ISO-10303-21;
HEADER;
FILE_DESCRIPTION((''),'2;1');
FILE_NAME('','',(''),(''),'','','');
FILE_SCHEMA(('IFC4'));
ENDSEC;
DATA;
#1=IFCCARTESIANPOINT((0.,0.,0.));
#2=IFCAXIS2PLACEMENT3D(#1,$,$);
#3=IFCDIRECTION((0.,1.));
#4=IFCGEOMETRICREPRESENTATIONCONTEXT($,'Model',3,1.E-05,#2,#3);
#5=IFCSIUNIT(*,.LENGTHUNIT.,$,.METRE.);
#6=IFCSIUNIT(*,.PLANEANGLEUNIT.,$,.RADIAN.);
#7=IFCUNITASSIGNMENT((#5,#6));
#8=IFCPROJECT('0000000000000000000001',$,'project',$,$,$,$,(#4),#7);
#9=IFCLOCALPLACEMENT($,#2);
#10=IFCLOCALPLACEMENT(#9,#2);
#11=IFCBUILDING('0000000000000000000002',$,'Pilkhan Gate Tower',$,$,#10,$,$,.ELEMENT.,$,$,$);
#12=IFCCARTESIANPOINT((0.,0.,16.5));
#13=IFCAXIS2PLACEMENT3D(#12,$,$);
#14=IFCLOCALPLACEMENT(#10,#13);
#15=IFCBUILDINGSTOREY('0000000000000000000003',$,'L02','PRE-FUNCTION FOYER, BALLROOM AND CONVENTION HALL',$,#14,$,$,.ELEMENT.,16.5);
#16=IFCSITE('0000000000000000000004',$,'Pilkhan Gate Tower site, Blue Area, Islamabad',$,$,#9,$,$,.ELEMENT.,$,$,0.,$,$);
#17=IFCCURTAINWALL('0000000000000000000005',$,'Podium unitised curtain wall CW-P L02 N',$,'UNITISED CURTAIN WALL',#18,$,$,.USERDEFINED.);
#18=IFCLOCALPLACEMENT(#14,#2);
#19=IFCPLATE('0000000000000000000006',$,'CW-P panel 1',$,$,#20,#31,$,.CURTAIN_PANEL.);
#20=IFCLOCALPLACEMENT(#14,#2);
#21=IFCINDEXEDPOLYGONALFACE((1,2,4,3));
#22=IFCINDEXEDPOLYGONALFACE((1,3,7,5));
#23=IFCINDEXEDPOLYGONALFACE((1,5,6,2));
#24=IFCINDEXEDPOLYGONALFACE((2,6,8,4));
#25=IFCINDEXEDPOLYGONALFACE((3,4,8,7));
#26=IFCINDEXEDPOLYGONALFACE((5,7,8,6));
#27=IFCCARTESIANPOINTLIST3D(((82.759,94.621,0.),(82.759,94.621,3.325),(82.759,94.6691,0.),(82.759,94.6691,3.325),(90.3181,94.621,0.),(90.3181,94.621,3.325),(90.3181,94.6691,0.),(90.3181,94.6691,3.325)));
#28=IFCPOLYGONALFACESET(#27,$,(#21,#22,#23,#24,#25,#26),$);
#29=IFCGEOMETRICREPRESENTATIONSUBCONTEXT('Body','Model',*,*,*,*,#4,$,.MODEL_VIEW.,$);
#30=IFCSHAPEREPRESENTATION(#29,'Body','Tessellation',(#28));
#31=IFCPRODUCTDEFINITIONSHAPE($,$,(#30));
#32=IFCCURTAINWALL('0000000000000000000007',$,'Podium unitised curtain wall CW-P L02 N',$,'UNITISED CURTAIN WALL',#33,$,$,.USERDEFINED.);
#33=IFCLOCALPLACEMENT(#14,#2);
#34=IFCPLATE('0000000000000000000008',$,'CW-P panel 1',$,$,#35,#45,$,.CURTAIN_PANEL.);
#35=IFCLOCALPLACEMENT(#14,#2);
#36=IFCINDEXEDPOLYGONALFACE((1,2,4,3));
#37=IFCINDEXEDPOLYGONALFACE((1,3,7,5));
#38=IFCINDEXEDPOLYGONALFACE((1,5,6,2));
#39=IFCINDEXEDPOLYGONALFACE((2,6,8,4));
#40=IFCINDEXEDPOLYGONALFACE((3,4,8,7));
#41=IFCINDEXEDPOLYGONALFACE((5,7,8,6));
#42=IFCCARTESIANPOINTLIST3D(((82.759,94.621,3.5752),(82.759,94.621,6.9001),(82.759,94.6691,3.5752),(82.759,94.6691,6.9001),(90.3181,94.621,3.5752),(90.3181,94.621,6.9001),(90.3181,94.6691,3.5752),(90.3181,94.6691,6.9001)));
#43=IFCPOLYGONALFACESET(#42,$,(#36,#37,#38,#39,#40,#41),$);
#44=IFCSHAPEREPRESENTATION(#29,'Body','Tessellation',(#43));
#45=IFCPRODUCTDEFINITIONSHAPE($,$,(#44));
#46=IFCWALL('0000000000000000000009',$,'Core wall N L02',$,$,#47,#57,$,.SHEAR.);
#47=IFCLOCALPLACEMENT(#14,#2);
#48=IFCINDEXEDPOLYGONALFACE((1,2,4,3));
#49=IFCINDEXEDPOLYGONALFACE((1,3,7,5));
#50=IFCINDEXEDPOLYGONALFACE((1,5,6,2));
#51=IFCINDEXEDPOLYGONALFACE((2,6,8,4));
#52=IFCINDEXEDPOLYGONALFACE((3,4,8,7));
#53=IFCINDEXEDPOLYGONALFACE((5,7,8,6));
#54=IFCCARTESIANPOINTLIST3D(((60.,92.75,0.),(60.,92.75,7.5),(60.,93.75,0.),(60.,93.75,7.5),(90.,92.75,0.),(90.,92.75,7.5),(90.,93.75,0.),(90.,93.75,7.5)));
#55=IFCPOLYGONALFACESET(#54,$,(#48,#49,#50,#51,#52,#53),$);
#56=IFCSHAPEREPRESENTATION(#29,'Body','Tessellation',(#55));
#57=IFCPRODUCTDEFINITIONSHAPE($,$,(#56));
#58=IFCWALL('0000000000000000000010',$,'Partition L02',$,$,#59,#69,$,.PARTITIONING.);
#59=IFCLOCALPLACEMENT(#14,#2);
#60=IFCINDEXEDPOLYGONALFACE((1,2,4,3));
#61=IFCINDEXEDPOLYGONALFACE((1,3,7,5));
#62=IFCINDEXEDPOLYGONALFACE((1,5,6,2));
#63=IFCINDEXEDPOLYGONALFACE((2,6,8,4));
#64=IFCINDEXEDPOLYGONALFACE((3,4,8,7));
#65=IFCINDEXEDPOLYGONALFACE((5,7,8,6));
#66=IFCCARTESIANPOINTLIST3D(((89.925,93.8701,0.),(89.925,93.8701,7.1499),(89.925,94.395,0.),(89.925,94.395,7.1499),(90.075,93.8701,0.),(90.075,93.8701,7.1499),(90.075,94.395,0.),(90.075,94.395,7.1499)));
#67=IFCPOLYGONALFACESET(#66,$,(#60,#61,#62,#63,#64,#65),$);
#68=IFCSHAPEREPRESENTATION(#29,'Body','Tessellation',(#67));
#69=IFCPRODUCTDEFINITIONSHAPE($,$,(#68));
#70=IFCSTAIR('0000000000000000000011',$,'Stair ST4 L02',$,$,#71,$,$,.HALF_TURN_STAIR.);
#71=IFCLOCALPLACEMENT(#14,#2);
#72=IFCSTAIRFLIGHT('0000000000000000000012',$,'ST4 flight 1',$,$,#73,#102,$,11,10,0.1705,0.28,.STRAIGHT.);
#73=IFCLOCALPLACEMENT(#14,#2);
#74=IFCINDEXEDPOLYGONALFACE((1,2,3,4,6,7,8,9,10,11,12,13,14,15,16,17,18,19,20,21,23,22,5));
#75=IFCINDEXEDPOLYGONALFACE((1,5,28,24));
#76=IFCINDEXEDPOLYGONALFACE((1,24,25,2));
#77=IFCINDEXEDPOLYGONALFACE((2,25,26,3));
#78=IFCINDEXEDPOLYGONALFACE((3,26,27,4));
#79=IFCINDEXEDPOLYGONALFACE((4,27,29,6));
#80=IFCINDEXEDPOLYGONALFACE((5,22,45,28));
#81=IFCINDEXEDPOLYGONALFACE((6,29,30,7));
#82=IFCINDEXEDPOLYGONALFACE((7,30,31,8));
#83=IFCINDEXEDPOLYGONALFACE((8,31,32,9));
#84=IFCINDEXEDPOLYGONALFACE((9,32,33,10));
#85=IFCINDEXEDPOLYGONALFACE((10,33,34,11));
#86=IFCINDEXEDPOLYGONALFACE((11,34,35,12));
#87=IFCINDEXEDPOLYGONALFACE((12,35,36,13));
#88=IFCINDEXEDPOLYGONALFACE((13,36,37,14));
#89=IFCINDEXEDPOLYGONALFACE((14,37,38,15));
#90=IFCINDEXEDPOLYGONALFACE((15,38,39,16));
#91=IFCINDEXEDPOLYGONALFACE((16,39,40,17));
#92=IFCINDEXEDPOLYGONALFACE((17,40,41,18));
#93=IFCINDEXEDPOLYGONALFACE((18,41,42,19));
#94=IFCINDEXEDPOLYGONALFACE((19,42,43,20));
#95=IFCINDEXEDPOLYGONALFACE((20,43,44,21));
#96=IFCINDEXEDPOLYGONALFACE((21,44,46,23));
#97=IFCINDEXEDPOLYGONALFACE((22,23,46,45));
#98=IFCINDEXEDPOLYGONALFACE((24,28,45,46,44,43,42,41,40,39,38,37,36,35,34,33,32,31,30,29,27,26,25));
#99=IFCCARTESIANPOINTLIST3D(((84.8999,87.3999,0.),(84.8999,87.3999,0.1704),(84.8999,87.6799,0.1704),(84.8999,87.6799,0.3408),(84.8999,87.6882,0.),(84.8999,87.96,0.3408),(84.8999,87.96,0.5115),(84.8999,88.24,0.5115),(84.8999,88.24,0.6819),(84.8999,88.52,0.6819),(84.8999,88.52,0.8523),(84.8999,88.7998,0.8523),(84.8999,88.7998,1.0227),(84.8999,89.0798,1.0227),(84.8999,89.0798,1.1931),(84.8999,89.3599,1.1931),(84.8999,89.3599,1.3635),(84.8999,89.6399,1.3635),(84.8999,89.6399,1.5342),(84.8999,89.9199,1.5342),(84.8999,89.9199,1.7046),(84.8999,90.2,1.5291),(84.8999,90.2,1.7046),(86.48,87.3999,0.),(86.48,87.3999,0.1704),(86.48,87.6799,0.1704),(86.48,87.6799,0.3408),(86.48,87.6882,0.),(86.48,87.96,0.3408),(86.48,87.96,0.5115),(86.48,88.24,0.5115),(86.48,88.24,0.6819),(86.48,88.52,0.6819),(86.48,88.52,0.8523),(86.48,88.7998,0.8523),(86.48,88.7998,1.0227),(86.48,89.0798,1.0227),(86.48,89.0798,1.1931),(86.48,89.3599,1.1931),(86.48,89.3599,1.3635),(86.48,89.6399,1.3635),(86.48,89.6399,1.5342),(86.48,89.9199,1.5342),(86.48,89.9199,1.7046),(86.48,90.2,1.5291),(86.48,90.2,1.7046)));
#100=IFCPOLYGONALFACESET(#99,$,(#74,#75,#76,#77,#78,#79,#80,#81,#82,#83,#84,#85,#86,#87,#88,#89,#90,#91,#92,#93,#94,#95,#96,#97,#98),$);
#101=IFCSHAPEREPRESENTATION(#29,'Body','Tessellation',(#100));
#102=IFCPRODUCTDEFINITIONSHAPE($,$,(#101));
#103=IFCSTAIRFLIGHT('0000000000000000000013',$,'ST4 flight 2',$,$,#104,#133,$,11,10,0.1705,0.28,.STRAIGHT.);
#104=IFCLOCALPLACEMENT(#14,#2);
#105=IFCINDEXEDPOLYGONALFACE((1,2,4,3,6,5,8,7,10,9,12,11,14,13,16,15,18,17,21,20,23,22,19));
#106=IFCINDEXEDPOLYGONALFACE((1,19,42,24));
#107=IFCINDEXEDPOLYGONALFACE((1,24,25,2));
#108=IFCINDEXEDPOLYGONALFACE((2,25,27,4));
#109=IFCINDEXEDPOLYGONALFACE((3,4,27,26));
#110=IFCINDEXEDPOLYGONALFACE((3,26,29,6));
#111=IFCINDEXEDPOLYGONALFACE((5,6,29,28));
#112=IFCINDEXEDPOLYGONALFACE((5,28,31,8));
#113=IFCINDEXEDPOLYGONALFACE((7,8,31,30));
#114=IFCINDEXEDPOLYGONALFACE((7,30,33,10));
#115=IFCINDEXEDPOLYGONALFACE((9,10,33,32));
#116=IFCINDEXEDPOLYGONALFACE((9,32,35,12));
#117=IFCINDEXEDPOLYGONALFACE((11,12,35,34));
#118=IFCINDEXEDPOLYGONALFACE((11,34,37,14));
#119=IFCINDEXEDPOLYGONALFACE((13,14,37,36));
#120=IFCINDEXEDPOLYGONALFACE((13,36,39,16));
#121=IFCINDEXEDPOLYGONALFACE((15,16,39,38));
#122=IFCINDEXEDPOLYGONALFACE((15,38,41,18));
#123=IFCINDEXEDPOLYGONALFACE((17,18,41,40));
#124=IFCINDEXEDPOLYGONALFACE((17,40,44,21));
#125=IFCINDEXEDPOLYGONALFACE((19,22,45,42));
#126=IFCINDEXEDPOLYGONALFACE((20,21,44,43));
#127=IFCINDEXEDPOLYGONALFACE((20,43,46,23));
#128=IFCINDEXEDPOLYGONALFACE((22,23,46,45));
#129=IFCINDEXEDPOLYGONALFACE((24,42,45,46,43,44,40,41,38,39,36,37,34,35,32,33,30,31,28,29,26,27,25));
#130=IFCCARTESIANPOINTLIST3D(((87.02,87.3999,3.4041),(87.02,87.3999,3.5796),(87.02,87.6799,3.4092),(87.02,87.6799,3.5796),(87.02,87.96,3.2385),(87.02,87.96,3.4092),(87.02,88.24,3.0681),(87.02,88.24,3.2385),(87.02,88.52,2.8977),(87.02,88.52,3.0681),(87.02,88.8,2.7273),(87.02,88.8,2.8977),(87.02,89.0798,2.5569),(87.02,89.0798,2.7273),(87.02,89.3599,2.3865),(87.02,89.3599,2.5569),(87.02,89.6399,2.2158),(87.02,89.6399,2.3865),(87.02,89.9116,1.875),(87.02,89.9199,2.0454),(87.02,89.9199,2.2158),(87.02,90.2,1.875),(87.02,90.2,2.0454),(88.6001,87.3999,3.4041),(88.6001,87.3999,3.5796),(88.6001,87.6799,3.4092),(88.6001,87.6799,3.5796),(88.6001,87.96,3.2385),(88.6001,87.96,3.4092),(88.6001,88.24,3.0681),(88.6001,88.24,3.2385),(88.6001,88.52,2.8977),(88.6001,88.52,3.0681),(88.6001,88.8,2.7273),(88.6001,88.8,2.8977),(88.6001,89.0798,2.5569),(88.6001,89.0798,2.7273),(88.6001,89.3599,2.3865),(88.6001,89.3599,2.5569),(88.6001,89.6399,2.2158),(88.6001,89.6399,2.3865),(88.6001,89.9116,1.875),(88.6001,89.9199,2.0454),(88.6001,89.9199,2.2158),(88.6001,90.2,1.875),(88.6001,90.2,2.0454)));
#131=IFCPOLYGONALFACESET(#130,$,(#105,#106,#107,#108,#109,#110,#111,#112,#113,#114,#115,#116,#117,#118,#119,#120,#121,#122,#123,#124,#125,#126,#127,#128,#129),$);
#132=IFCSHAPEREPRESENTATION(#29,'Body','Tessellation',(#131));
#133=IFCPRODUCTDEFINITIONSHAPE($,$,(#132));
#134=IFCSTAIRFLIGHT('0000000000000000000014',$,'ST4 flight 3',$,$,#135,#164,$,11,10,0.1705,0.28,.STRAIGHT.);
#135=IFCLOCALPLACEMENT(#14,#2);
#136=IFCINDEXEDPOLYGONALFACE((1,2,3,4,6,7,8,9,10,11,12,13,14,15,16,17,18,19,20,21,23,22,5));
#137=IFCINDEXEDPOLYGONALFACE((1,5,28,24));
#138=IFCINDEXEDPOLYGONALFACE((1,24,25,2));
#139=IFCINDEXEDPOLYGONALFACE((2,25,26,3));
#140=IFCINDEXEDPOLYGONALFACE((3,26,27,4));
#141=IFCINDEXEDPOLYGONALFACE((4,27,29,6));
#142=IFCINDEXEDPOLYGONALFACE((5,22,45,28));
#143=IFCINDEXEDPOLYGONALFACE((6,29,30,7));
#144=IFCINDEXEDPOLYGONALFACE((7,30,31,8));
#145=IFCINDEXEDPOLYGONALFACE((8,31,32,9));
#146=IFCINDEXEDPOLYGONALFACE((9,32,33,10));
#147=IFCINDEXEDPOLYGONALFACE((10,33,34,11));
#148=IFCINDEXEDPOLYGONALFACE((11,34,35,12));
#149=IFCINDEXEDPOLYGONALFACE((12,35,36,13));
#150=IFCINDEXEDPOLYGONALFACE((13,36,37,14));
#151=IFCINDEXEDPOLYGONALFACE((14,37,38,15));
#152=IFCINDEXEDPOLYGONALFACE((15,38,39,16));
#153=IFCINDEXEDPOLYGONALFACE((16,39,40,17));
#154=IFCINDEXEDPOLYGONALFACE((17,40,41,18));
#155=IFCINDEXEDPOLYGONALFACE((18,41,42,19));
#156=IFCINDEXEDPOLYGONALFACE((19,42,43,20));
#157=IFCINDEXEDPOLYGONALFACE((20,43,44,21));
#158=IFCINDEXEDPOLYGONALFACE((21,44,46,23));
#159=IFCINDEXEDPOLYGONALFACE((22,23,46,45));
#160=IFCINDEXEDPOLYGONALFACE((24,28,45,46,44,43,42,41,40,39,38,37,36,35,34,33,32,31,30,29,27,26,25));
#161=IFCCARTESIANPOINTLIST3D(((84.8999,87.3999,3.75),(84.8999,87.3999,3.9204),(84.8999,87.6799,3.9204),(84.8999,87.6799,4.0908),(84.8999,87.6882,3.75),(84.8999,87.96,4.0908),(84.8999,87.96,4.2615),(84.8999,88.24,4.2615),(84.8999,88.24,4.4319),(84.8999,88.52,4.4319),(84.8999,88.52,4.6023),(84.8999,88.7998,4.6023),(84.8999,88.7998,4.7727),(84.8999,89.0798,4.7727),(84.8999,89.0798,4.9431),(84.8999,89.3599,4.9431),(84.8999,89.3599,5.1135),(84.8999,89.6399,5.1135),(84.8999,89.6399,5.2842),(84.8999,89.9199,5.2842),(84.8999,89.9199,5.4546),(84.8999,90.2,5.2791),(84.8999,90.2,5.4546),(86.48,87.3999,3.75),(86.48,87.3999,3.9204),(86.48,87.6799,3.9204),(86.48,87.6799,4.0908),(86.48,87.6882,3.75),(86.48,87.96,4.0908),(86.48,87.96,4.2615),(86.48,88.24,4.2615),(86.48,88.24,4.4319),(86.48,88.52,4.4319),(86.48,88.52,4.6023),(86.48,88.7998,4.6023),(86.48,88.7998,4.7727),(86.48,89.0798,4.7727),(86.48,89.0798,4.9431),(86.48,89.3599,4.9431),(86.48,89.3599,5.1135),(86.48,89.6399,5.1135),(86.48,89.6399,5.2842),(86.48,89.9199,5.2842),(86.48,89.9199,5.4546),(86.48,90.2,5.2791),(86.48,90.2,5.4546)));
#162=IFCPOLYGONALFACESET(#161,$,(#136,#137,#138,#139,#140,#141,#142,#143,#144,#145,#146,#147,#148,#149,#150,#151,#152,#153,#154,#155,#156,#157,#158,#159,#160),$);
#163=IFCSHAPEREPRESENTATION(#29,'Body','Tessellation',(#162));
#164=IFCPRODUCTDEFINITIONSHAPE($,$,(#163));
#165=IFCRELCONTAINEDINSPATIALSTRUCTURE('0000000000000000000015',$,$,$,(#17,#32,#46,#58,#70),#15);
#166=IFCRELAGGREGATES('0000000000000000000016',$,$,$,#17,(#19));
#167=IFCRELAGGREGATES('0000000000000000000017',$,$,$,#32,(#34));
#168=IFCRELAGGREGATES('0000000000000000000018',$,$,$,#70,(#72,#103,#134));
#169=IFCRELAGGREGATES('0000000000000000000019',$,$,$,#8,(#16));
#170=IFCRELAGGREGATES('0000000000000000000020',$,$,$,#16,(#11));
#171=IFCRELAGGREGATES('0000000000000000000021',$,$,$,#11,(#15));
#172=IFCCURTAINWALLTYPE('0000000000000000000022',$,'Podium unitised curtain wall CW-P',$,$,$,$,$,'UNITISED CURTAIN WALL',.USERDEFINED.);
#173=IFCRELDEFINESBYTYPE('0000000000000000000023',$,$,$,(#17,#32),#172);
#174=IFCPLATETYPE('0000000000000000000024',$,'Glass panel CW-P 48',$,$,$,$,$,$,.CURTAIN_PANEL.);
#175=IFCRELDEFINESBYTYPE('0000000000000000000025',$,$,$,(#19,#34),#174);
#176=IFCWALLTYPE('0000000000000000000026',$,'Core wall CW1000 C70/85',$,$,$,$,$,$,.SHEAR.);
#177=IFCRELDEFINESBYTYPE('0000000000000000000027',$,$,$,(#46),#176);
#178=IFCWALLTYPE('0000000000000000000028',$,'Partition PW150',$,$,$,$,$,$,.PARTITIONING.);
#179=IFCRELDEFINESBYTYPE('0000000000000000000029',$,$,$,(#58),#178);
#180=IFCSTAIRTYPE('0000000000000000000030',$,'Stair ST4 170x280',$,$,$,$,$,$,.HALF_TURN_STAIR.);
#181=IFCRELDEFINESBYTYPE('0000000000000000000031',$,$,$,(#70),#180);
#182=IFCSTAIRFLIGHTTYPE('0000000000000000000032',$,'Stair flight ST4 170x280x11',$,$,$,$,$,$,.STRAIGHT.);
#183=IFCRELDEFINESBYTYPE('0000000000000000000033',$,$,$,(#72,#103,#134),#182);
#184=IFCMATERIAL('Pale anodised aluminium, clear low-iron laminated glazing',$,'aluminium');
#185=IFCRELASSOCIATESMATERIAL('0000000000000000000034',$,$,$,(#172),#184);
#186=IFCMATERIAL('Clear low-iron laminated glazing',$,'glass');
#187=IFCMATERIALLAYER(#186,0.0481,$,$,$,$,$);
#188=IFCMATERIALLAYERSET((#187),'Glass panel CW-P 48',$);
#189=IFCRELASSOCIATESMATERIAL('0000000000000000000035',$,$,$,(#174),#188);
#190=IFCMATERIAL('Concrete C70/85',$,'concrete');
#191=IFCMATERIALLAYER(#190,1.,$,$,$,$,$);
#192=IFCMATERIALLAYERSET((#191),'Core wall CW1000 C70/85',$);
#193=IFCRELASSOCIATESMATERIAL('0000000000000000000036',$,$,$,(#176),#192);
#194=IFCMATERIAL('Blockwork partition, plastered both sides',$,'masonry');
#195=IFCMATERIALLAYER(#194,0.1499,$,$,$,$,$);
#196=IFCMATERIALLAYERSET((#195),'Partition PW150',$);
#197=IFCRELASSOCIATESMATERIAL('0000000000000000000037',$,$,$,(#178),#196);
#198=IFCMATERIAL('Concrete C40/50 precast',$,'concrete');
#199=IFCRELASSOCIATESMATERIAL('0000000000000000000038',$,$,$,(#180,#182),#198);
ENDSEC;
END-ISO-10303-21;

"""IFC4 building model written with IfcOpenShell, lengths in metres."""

from ifc_helpers import new_model, si_unit, direction, frame, frame_2d, origin, origin_2d, place, context, subcontext, project, spatial, polyline, rectangle, outline, extrude, material, layer, layer_set, type_object, element, aggregate, save


model = new_model("IFC4")

# Units and contexts
model_context = context("Model", 3, precision=1e-05, world=origin(), true_north=direction((0.0, 1.0)))
body_context = subcontext(model_context, "Body", "Model", "MODEL_VIEW")
ifc_project = project(units=[si_unit("LENGTHUNIT", "METRE"), si_unit("PLANEANGLEUNIT", "RADIAN")], contexts=[model_context])

# Site, building, storey
site_placement = place(None, origin())
site = spatial("IfcSite", under=ifc_project, at=site_placement, Name="Pilkhan Gate Tower site, Blue Area, Islamabad", CompositionType="ELEMENT", RefElevation=0.0)
building_placement = place(site_placement, origin())
building = spatial("IfcBuilding", under=site, at=building_placement, Name="Pilkhan Gate Tower", CompositionType="ELEMENT")
storey_placement = place(building_placement, frame((0.0, 0.0, 16.5)))
storey = spatial("IfcBuildingStorey", under=building, at=storey_placement, Name="L02", Description="PRE-FUNCTION FOYER, BALLROOM AND CONVENTION HALL", CompositionType="ELEMENT", Elevation=16.5)

# Curtain walls, plates
ifc_material_1 = material(Name="Pale anodised aluminium, clear low-iron laminated glazing", Category="aluminium")
curtain_wall_type = type_object("IfcCurtainWallType", Name="Podium unitised curtain wall CW-P", ElementType="UNITISED CURTAIN WALL", PredefinedType="USERDEFINED", material=ifc_material_1)
curtain_wall_1_placement = place(storey_placement, origin())
curtain_wall_1 = element("IfcCurtainWall", 1, at=curtain_wall_1_placement, inside=storey, type_object=curtain_wall_type, Name="Podium unitised curtain wall CW-P L02 N", ObjectType="UNITISED CURTAIN WALL", PredefinedType="USERDEFINED")
ifc_material_2 = material(Name="Clear low-iron laminated glazing", Category="glass")
ifc_layer_1 = layer(ifc_material_2, 0.0481)
ifc_layer_set_1 = layer_set([ifc_layer_1], Name="Glass panel CW-P 48")
plate_type = type_object("IfcPlateType", Name="Glass panel CW-P 48", PredefinedType="CURTAIN_PANEL", material=ifc_layer_set_1)
plate_1_placement = place(storey_placement, frame((86.5386, 94.645, 0.0), z_axis=(0.0, 0.0, 1.0), x_axis=(1.0, 0.0, 0.0)))
plate_1 = element("IfcPlate", 2, at=plate_1_placement, type_object=plate_type, Name="CW-P panel 1", PredefinedType="CURTAIN_PANEL", context=body_context, shape_type="SweptSolid", body=[
    extrude(rectangle(XDim=7.5591, YDim=0.0481, at=origin_2d()), origin(), (0.0, 0.0, 1.0), 3.325),
])
aggregate(curtain_wall_1, [plate_1])
curtain_wall_2_placement = place(storey_placement, origin())
curtain_wall_2 = element("IfcCurtainWall", 3, at=curtain_wall_2_placement, inside=storey, type_object=curtain_wall_type, Name="Podium unitised curtain wall CW-P L02 N", ObjectType="UNITISED CURTAIN WALL", PredefinedType="USERDEFINED")
plate_2_placement = place(storey_placement, frame((86.5386, 94.645, 3.5752), z_axis=(0.0, 0.0, 1.0), x_axis=(1.0, 0.0, 0.0)))
plate_2 = element("IfcPlate", 4, at=plate_2_placement, type_object=plate_type, Name="CW-P panel 1", PredefinedType="CURTAIN_PANEL", context=body_context, shape_type="SweptSolid", body=[
    extrude(rectangle(XDim=7.5591, YDim=0.0481, at=origin_2d()), origin(), (0.0, 0.0, 1.0), 3.325),
])
aggregate(curtain_wall_2, [plate_2])

# Walls
ifc_material_3 = material(Name="Concrete C70/85", Category="concrete")
ifc_layer_2 = layer(ifc_material_3, 1.0)
ifc_layer_set_2 = layer_set([ifc_layer_2], Name="Core wall CW1000 C70/85")
wall_type_1 = type_object("IfcWallType", Name="Core wall CW1000 C70/85", PredefinedType="SHEAR", material=ifc_layer_set_2)
wall_1_placement = place(storey_placement, frame((90.0, 93.25, 0.0), z_axis=(0.0, 0.0, 1.0), x_axis=(-1.0, 0.0, 0.0)))
element("IfcWall", 5, at=wall_1_placement, inside=storey, type_object=wall_type_1, Name="Core wall N L02", PredefinedType="SHEAR", context=body_context, shape_type="SweptSolid", body=[
    extrude(rectangle(XDim=30.0, YDim=1.0, at=frame_2d((15.0, 0.0))), origin(), (0.0, 0.0, 1.0), 7.5),
])
ifc_material_4 = material(Name="Blockwork partition, plastered both sides", Category="masonry")
ifc_layer_3 = layer(ifc_material_4, 0.1499)
ifc_layer_set_3 = layer_set([ifc_layer_3], Name="Partition PW150")
wall_type_2 = type_object("IfcWallType", Name="Partition PW150", PredefinedType="PARTITIONING", material=ifc_layer_set_3)
wall_2_placement = place(storey_placement, frame((90.0, 93.8701, 0.0), z_axis=(0.0, 0.0, 1.0), x_axis=(0.0, 1.0, 0.0)))
element("IfcWall", 6, at=wall_2_placement, inside=storey, type_object=wall_type_2, Name="Partition L02", PredefinedType="PARTITIONING", context=body_context, shape_type="SweptSolid", body=[
    extrude(rectangle(XDim=0.5249, YDim=0.1499, at=frame_2d((0.2625, 0.0))), origin(), (0.0, 0.0, 1.0), 7.1499),
])

# Stair, stair flights
ifc_material_5 = material(Name="Concrete C40/50 precast", Category="concrete")
stair_type = type_object("IfcStairType", Name="Stair ST4 170x280", PredefinedType="HALF_TURN_STAIR", material=ifc_material_5)
stair_placement = place(storey_placement, origin())
stair = element("IfcStair", 7, at=stair_placement, inside=storey, type_object=stair_type, Name="Stair ST4 L02", PredefinedType="HALF_TURN_STAIR")
stair_flight_type = type_object("IfcStairFlightType", Name="Stair flight ST4 170x280x11", PredefinedType="STRAIGHT", material=ifc_material_5)
stair_flight_1_placement = place(storey_placement, frame((85.6899, 87.3999, 0.0), z_axis=(0.0, 0.0, 1.0), x_axis=(0.0, 1.0, 0.0)))
stair_flight_1 = element("IfcStairFlight", 8, at=stair_flight_1_placement, type_object=stair_flight_type, Name="ST4 flight 1", NumberOfRisers=11, NumberOfTreads=10, PredefinedType="STRAIGHT", RiserHeight=0.1705, TreadLength=0.28, context=body_context, shape_type="SweptSolid", body=[
    extrude(outline(polyline([(0.0, 0.0), (0.0, 0.1704), (0.28, 0.1704), (0.28, 0.3408), (0.5601, 0.3408), (0.5601, 0.5115), (0.8401, 0.5115), (0.8401, 0.6819), (1.1201, 0.6819), (1.1201, 0.8523), (1.3999, 0.8523), (1.3999, 1.0227), (1.6799, 1.0227), (1.6799, 1.1931), (1.96, 1.1931), (1.96, 1.3635), (2.24, 1.3635), (2.24, 1.5342), (2.52, 1.5342), (2.52, 1.7046), (2.8, 1.7046), (2.8, 1.875), (2.8, 1.5291), (0.2883, 0.0), (0.0, 0.0)])), frame((0.0, 0.79, 0.0), z_axis=(0.0, -1.0, 0.0), x_axis=(1.0, 0.0, 0.0)), (0.0, 0.0, 1.0), 1.5801),
])
stair_flight_2_placement = place(storey_placement, frame((87.8101, 90.2, 1.875), z_axis=(0.0, 0.0, 1.0), x_axis=(0.0, -1.0, 0.0)))
stair_flight_2 = element("IfcStairFlight", 9, at=stair_flight_2_placement, type_object=stair_flight_type, Name="ST4 flight 2", NumberOfRisers=11, NumberOfTreads=10, PredefinedType="STRAIGHT", RiserHeight=0.1705, TreadLength=0.28, context=body_context, shape_type="SweptSolid", body=[
    extrude(outline(polyline([(0.0, 0.0), (0.0, 0.1704), (0.28, 0.1704), (0.28, 0.3408), (0.5601, 0.3408), (0.5601, 0.5115), (0.8401, 0.5115), (0.8401, 0.6819), (1.1201, 0.6819), (1.1201, 0.8523), (1.3999, 0.8523), (1.3999, 1.0227), (1.6799, 1.0227), (1.6799, 1.1931), (1.96, 1.1931), (1.96, 1.3635), (2.24, 1.3635), (2.24, 1.5342), (2.52, 1.5342), (2.52, 1.7046), (2.8, 1.7046), (2.8, 1.875), (2.8, 1.5291), (0.2883, 0.0), (0.0, 0.0)])), frame((0.0, 0.79, 0.0), z_axis=(0.0, -1.0, 0.0), x_axis=(1.0, 0.0, 0.0)), (0.0, 0.0, 1.0), 1.5801),
])
stair_flight_3_placement = place(storey_placement, frame((85.6899, 87.3999, 3.75), z_axis=(0.0, 0.0, 1.0), x_axis=(0.0, 1.0, 0.0)))
stair_flight_3 = element("IfcStairFlight", 10, at=stair_flight_3_placement, type_object=stair_flight_type, Name="ST4 flight 3", NumberOfRisers=11, NumberOfTreads=10, PredefinedType="STRAIGHT", RiserHeight=0.1705, TreadLength=0.28, context=body_context, shape_type="SweptSolid", body=[
    extrude(outline(polyline([(0.0, 0.0), (0.0, 0.1704), (0.28, 0.1704), (0.28, 0.3408), (0.5601, 0.3408), (0.5601, 0.5115), (0.8401, 0.5115), (0.8401, 0.6819), (1.1201, 0.6819), (1.1201, 0.8523), (1.3999, 0.8523), (1.3999, 1.0227), (1.6799, 1.0227), (1.6799, 1.1931), (1.96, 1.1931), (1.96, 1.3635), (2.24, 1.3635), (2.24, 1.5342), (2.52, 1.5342), (2.52, 1.7046), (2.8, 1.7046), (2.8, 1.875), (2.8, 1.5291), (0.2883, 0.0), (0.0, 0.0)])), frame((0.0, 0.79, 0.0), z_axis=(0.0, -1.0, 0.0), x_axis=(1.0, 0.0, 0.0)), (0.0, 0.0, 1.0), 1.5801),
])
aggregate(stair, [stair_flight_1, stair_flight_2, stair_flight_3])

save(model, "model.ifc")
